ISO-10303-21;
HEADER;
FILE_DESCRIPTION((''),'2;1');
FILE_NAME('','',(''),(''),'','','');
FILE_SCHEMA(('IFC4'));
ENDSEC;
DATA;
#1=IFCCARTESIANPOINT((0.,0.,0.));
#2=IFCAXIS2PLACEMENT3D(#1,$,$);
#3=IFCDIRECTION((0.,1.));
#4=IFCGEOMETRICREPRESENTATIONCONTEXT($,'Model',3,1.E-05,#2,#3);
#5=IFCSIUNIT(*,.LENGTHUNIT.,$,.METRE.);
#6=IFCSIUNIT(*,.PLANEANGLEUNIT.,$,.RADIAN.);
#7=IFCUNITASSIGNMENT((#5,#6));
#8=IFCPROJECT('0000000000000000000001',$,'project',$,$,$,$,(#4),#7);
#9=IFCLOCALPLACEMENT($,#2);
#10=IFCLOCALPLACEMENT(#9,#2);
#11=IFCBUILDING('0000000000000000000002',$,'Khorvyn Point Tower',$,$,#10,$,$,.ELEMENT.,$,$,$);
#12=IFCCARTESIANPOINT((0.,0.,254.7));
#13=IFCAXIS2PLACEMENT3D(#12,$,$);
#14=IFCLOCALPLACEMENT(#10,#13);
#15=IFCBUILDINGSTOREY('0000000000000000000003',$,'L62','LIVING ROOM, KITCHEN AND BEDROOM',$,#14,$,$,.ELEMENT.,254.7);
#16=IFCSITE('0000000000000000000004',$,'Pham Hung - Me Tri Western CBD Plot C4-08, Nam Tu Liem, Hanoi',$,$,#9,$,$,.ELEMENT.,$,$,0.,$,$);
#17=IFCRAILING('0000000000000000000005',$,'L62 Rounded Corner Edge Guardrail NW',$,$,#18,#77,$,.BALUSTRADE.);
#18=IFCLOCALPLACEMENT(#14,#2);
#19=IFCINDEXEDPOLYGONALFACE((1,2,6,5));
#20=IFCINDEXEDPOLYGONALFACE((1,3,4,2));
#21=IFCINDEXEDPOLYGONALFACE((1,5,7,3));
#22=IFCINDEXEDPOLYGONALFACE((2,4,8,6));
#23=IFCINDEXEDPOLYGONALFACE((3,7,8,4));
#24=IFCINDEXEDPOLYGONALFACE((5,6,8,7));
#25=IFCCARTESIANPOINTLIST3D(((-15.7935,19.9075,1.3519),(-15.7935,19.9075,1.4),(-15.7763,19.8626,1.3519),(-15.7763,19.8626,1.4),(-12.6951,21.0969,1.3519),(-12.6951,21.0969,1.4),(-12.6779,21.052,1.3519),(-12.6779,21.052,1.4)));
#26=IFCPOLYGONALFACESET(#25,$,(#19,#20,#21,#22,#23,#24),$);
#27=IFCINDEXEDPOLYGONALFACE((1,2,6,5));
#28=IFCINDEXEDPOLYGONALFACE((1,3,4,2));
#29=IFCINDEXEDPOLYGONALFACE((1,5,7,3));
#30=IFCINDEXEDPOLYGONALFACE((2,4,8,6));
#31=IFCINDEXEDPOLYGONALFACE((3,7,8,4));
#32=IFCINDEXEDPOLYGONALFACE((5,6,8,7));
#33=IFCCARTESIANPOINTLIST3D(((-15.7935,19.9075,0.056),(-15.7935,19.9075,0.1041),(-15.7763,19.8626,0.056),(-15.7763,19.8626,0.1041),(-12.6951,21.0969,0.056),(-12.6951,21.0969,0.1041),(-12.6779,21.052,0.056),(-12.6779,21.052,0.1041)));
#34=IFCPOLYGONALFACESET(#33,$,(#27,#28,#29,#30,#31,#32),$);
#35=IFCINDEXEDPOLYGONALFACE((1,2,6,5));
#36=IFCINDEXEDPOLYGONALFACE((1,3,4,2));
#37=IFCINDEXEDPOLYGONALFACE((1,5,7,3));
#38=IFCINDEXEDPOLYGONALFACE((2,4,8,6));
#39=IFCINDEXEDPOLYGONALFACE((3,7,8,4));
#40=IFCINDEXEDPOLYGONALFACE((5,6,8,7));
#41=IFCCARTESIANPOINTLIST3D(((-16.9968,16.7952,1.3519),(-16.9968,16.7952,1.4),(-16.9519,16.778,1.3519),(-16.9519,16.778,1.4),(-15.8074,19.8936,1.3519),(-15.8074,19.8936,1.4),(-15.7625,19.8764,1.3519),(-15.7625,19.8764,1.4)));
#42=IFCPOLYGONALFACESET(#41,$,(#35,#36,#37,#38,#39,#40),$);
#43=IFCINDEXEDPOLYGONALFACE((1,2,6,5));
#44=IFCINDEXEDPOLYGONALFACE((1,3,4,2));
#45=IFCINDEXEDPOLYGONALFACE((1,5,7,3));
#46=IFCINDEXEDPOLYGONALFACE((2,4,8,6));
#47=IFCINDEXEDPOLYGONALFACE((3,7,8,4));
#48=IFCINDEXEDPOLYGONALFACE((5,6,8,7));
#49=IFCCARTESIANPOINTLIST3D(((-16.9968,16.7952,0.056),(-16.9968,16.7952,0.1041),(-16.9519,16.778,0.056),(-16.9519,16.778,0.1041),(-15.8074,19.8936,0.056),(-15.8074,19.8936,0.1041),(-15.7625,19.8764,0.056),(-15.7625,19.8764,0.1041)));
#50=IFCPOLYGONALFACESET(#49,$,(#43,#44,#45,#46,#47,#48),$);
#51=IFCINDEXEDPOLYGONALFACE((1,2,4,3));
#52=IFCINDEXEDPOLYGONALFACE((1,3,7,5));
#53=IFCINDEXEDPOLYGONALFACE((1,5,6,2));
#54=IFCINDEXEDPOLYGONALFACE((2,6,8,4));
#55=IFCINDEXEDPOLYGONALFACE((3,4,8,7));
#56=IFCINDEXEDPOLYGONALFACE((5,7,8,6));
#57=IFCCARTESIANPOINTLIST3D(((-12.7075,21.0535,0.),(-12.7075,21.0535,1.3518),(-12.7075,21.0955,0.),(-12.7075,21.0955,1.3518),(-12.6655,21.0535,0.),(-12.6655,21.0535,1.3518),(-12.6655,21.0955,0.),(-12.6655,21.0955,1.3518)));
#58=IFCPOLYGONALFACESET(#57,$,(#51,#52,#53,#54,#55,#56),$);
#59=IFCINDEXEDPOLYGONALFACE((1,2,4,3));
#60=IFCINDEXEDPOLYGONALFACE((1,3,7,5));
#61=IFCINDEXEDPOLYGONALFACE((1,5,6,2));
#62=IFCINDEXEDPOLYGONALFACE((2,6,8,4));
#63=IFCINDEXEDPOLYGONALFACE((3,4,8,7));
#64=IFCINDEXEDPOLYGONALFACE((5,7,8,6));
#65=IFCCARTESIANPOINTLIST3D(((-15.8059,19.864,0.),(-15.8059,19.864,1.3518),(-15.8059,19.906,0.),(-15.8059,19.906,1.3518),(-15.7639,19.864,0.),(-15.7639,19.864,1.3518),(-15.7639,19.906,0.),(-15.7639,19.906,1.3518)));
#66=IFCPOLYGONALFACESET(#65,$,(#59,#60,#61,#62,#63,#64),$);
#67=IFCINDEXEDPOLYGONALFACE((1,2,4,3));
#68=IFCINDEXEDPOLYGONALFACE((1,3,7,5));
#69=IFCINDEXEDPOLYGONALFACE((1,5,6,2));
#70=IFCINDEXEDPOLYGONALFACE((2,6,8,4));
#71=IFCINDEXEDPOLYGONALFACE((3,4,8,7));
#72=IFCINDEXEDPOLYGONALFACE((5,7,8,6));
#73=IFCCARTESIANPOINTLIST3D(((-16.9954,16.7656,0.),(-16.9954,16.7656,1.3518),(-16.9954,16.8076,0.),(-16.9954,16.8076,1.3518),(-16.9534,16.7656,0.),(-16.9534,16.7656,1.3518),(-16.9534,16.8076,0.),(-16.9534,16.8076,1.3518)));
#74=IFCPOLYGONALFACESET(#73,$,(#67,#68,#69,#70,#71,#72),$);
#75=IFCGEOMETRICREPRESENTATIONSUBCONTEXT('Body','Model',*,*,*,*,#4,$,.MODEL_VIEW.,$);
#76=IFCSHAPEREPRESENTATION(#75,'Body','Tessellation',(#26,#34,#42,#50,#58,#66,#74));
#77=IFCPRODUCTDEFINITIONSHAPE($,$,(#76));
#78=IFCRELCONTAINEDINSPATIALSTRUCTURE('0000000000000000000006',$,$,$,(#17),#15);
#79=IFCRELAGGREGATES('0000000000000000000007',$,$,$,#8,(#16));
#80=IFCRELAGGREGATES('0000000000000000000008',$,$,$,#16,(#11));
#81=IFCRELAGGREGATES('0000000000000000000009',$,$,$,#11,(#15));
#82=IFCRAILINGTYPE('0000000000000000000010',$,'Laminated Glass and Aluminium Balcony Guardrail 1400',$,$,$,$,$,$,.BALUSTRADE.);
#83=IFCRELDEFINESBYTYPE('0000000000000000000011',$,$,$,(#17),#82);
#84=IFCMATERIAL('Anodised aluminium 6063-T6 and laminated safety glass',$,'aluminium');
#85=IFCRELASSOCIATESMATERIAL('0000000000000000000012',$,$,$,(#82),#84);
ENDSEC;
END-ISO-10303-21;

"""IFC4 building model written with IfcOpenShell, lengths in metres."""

from ifc_helpers import new_model, si_unit, direction, frame, origin, origin_2d, place, context, subcontext, project, spatial, rectangle, extrude, material, type_object, element, save


model = new_model("IFC4")

# Units and contexts
model_context = context("Model", 3, precision=1e-05, world=origin(), true_north=direction((0.0, 1.0)))
body_context = subcontext(model_context, "Body", "Model", "MODEL_VIEW")
ifc_project = project(units=[si_unit("LENGTHUNIT", "METRE"), si_unit("PLANEANGLEUNIT", "RADIAN")], contexts=[model_context])

# Site, building, storey
site_placement = place(None, origin())
site = spatial("IfcSite", under=ifc_project, at=site_placement, Name="Pham Hung - Me Tri Western CBD Plot C4-08, Nam Tu Liem, Hanoi", CompositionType="ELEMENT", RefElevation=0.0)
building_placement = place(site_placement, origin())
building = spatial("IfcBuilding", under=site, at=building_placement, Name="Khorvyn Point Tower", CompositionType="ELEMENT")
storey_placement = place(building_placement, frame((0.0, 0.0, 254.7)))
storey = spatial("IfcBuildingStorey", under=building, at=storey_placement, Name="L62", Description="LIVING ROOM, KITCHEN AND BEDROOM", CompositionType="ELEMENT", Elevation=254.7)

# Railing
ifc_material_1 = material(Name="Anodised aluminium 6063-T6 and laminated safety glass", Category="aluminium")
railing_type = type_object("IfcRailingType", Name="Laminated Glass and Aluminium Balcony Guardrail 1400", PredefinedType="BALUSTRADE", material=ifc_material_1)
railing_placement = place(storey_placement, frame((-12.6865, 21.0745, 0.0)))
element("IfcRailing", 1, at=railing_placement, inside=storey, type_object=railing_type, Name="L62 Rounded Corner Edge Guardrail NW", PredefinedType="BALUSTRADE", context=body_context, shape_type="SweptSolid", body=[
    extrude(rectangle(XDim=0.0481, YDim=0.0481, at=origin_2d()), frame((0.0, 0.0, 1.376), z_axis=(-0.933571, -0.358392, 0.0), x_axis=(0.358392, -0.933571, 0.0)), (0.0, 0.0, 1.0), 3.3188),
    extrude(rectangle(XDim=0.0481, YDim=0.0481, at=origin_2d()), frame((0.0, 0.0, 0.0801), z_axis=(-0.933571, -0.358392, 0.0), x_axis=(0.358392, -0.933571, 0.0)), (0.0, 0.0, 1.0), 3.3188),
    extrude(rectangle(XDim=0.0481, YDim=0.0481, at=origin_2d()), frame((-3.0984, -1.1895, 1.376), z_axis=(-0.358392, -0.933571, 0.0), x_axis=(0.933571, -0.358392, 0.0)), (0.0, 0.0, 1.0), 3.3188),
    extrude(rectangle(XDim=0.0481, YDim=0.0481, at=origin_2d()), frame((-3.0984, -1.1895, 0.0801), z_axis=(-0.358392, -0.933571, 0.0), x_axis=(0.933571, -0.358392, 0.0)), (0.0, 0.0, 1.0), 3.3188),
    extrude(rectangle(XDim=0.042, YDim=0.042, at=origin_2d()), origin(), (0.0, 0.0, 1.0), 1.3518),
    extrude(rectangle(XDim=0.042, YDim=0.042, at=origin_2d()), frame((-3.0984, -1.1895, 0.0)), (0.0, 0.0, 1.0), 1.3518),
    extrude(rectangle(XDim=0.042, YDim=0.042, at=origin_2d()), frame((-4.2878, -4.2878, 0.0)), (0.0, 0.0, 1.0), 1.3518),
])

save(model, "model.ifc")
